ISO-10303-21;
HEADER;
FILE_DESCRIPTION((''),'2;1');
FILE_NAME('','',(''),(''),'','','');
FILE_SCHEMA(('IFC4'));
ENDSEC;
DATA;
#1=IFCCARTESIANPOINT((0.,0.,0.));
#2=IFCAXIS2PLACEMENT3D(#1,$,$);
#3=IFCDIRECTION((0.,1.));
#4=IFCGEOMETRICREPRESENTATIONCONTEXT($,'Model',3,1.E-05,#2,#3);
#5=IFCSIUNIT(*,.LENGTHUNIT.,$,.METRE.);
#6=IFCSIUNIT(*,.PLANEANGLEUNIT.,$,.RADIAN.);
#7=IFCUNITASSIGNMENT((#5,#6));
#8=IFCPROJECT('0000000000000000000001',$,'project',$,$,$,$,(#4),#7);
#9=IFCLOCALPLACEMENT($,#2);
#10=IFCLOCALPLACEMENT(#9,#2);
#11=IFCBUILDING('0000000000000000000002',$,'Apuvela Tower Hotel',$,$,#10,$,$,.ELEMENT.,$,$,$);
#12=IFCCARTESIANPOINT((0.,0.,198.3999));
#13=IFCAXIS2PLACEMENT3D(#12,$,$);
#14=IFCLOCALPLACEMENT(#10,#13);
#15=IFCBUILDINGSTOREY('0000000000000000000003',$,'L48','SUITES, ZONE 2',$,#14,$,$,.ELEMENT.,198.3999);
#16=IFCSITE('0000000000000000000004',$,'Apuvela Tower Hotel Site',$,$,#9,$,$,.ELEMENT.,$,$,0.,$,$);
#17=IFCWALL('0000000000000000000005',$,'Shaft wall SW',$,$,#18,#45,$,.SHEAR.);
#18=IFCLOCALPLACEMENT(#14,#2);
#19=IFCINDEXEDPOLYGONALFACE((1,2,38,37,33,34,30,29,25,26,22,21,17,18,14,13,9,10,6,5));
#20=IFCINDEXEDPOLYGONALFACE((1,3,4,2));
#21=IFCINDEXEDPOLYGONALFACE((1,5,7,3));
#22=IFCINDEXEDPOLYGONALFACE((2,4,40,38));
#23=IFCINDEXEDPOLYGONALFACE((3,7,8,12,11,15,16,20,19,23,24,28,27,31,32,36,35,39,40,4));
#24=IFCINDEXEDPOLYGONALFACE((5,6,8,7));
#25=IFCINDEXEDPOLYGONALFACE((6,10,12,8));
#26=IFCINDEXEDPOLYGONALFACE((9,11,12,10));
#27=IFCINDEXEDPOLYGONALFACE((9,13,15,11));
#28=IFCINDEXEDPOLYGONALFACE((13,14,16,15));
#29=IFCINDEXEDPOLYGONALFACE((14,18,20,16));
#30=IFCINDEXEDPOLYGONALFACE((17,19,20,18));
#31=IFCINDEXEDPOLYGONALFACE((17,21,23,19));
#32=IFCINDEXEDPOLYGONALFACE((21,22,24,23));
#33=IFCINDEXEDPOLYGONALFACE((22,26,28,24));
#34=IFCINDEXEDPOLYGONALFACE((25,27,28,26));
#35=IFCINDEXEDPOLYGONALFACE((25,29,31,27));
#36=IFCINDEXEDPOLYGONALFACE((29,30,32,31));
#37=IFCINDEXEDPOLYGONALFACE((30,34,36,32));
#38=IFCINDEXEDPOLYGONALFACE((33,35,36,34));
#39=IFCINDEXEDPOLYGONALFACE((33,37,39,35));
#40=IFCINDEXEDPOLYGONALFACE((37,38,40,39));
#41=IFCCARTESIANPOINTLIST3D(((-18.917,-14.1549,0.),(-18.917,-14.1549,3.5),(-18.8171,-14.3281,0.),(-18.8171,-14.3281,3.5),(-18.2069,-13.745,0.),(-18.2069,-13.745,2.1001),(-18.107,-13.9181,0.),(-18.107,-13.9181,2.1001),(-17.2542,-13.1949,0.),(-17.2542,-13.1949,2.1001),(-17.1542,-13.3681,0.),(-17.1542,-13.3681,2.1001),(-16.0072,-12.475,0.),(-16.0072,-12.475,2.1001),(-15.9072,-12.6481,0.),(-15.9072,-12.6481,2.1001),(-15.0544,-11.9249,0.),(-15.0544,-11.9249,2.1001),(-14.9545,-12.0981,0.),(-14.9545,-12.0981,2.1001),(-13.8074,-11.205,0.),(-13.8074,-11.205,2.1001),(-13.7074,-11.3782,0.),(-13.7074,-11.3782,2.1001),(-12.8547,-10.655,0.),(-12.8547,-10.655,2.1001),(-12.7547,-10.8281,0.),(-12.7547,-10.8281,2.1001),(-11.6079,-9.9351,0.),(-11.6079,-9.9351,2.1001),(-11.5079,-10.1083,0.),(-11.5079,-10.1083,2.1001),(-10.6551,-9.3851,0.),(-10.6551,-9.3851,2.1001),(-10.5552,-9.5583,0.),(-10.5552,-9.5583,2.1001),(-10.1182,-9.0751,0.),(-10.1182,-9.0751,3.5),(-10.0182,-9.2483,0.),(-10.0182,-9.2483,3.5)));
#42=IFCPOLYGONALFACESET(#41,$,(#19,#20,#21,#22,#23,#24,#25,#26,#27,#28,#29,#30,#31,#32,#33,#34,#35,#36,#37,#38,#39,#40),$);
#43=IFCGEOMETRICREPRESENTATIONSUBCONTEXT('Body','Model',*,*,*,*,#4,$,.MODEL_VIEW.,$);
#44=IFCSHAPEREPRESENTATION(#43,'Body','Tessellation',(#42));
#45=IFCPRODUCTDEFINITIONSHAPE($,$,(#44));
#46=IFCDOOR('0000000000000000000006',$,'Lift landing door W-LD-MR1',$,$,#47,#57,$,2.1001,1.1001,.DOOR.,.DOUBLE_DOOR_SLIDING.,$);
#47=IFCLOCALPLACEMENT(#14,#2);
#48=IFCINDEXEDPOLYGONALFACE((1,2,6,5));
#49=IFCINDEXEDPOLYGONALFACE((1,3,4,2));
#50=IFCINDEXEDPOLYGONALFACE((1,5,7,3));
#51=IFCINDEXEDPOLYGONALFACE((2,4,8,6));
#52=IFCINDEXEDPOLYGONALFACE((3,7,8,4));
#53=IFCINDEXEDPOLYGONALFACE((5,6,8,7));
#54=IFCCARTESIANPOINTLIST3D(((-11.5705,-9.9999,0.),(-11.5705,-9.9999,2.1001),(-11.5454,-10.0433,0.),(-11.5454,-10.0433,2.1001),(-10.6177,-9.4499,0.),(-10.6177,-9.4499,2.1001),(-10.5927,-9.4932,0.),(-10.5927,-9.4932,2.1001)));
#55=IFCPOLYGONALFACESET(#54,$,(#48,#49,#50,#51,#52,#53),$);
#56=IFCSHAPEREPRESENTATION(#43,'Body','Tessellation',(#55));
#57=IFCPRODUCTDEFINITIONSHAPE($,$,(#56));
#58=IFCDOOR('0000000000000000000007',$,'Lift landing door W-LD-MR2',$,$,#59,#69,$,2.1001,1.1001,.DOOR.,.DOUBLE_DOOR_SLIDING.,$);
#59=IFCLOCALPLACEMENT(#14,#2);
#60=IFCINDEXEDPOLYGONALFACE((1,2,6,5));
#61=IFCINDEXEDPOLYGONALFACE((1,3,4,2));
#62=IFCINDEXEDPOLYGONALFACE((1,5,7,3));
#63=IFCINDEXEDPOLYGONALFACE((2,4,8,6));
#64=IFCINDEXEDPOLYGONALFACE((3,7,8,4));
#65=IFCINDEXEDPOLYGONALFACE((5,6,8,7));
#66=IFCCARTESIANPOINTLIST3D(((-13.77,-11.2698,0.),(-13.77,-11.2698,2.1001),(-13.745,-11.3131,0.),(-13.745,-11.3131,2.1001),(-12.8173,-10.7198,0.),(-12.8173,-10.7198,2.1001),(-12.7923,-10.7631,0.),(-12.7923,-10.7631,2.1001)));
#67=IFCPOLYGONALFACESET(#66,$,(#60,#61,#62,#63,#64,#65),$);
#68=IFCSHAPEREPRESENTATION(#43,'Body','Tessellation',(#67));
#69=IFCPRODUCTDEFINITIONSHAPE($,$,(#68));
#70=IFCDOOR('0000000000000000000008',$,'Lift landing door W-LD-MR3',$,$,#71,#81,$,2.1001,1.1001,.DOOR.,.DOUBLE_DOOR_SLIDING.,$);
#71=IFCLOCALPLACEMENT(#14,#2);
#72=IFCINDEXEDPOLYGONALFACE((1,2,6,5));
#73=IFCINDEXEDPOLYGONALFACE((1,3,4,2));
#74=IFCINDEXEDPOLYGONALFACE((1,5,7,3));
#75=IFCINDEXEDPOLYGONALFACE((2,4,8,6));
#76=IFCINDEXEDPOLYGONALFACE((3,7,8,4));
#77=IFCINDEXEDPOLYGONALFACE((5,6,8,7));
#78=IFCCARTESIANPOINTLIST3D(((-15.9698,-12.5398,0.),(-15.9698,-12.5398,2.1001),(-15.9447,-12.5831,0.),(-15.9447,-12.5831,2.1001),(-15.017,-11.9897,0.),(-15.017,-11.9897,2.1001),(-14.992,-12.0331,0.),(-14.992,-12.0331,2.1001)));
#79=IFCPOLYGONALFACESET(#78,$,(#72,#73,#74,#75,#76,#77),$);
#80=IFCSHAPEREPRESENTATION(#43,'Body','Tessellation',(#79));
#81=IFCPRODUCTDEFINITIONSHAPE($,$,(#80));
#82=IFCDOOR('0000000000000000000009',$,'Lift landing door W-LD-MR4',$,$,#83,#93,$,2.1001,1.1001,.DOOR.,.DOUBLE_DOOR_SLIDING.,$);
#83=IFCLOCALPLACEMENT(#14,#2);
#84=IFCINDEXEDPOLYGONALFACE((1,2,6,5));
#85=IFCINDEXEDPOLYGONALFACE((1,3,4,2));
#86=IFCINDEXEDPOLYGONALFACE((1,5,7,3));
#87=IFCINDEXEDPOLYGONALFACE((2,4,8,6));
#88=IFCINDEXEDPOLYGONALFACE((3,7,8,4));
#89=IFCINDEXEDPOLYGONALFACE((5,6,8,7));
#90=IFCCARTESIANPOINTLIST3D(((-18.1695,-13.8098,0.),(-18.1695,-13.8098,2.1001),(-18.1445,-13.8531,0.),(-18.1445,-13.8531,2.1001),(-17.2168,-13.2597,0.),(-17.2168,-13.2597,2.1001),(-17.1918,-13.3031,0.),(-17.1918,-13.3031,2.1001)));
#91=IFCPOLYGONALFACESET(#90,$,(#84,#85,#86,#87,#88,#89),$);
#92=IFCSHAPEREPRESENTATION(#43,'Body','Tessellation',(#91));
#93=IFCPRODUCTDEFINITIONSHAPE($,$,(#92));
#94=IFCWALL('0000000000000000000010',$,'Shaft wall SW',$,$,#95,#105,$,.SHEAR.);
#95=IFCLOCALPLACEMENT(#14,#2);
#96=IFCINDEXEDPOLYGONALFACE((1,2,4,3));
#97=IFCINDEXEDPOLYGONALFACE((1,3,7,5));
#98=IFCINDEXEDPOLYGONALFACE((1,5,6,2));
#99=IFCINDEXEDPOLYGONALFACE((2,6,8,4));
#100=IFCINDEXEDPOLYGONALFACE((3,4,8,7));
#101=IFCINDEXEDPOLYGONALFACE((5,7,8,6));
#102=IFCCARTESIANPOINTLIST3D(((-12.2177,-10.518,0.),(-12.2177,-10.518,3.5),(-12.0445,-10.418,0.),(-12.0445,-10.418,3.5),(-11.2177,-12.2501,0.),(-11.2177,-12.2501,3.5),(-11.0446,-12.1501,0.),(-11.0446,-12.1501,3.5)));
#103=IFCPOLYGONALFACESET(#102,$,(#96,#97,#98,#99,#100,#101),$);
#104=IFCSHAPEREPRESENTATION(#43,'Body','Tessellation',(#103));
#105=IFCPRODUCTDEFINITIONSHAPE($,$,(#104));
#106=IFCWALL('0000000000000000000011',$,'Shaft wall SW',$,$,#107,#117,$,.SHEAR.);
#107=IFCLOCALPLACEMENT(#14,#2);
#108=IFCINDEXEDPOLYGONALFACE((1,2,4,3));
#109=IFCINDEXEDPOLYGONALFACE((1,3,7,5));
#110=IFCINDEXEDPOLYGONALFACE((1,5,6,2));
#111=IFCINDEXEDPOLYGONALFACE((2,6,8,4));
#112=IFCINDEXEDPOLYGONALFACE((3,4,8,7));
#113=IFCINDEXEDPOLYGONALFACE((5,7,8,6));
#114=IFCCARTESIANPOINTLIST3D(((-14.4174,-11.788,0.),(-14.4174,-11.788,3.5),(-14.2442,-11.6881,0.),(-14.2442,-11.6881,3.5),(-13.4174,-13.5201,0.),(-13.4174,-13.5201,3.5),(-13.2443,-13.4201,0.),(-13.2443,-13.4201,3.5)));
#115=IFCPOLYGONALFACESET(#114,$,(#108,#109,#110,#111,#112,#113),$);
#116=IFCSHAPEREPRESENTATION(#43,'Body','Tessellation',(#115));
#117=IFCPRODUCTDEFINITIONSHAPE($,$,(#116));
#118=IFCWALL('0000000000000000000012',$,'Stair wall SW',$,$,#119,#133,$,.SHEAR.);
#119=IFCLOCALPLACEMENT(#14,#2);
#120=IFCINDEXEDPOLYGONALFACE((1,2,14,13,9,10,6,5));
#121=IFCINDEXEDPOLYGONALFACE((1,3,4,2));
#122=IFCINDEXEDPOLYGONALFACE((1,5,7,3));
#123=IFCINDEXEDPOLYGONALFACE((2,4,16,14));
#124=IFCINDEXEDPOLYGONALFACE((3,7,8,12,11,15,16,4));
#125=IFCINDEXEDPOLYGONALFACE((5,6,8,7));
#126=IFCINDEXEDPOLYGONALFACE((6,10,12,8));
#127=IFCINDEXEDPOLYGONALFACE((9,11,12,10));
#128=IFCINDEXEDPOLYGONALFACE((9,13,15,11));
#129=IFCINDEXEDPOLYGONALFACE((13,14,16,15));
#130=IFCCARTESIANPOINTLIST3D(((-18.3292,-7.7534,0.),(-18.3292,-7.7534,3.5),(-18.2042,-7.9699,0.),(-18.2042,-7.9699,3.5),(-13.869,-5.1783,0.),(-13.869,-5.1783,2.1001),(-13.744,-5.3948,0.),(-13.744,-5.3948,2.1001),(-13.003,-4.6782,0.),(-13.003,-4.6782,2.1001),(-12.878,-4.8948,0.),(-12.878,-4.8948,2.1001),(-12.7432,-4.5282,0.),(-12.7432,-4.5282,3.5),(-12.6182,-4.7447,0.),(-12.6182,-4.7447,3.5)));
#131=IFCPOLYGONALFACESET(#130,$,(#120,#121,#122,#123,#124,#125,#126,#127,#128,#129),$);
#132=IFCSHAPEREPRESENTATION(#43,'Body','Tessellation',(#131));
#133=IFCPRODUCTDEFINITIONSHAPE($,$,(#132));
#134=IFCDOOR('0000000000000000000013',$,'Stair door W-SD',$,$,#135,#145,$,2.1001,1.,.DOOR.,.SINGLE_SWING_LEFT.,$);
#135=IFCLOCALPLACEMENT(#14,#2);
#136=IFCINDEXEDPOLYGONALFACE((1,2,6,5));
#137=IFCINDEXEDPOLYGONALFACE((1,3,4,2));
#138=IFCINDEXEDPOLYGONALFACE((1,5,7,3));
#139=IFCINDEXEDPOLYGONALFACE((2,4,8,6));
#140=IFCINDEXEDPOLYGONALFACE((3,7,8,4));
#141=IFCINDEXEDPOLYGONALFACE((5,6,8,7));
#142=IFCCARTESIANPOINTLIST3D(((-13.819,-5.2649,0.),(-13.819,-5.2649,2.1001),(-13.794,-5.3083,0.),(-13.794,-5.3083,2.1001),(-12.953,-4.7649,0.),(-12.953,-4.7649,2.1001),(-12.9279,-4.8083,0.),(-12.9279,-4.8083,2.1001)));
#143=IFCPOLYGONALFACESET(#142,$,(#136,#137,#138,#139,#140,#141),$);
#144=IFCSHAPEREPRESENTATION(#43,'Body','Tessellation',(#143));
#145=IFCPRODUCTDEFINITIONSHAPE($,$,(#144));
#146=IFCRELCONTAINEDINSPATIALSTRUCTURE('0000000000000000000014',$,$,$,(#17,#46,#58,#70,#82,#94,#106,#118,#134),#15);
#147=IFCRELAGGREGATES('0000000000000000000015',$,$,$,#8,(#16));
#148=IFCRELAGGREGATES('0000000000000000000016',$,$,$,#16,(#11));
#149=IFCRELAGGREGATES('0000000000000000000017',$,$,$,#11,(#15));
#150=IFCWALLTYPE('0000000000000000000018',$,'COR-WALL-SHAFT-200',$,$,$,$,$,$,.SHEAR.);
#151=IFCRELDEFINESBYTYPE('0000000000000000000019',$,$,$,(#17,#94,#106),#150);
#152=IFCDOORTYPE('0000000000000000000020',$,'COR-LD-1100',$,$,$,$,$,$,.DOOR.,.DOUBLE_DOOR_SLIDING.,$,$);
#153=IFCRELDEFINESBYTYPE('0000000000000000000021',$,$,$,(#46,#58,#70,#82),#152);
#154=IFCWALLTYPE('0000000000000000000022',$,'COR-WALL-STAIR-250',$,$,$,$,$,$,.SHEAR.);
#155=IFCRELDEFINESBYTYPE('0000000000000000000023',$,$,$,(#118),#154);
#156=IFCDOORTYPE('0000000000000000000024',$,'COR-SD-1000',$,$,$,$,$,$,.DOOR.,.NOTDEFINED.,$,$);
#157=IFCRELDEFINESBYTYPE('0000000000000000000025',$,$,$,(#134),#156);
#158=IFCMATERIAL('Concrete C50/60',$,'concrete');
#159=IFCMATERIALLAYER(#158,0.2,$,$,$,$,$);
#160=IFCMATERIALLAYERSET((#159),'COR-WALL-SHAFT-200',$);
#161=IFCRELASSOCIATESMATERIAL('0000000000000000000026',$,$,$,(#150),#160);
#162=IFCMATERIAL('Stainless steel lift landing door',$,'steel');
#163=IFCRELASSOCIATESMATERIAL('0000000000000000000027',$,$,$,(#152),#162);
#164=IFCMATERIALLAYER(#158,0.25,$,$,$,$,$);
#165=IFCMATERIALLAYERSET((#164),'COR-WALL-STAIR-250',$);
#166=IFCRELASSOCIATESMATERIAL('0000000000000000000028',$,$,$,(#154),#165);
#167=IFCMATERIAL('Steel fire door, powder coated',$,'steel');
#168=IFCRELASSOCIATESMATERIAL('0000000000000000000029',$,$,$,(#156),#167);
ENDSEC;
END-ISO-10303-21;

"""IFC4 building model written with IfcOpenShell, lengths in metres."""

from ifc_helpers import new_model, si_unit, direction, frame, frame_2d, origin, place, context, subcontext, project, spatial, rectangle, extrude, material, layer, layer_set, type_object, element, fill, save


model = new_model("IFC4")

# Units and contexts
model_context = context("Model", 3, precision=1e-05, world=origin(), true_north=direction((0.0, 1.0)))
body_context = subcontext(model_context, "Body", "Model", "MODEL_VIEW")
ifc_project = project(units=[si_unit("LENGTHUNIT", "METRE"), si_unit("PLANEANGLEUNIT", "RADIAN")], contexts=[model_context])

# Site, building, storey
site_placement = place(None, origin())
site = spatial("IfcSite", under=ifc_project, at=site_placement, Name="Apuvela Tower Hotel Site", CompositionType="ELEMENT", RefElevation=0.0)
building_placement = place(site_placement, origin())
building = spatial("IfcBuilding", under=site, at=building_placement, Name="Apuvela Tower Hotel", CompositionType="ELEMENT")
storey_placement = place(building_placement, frame((0.0, 0.0, 198.3999)))
storey = spatial("IfcBuildingStorey", under=building, at=storey_placement, Name="L48", Description="SUITES, ZONE 2", CompositionType="ELEMENT", Elevation=198.3999)

# Shared definitions
ifc_material_1 = material(Name="Concrete C50/60", Category="concrete")

# Shared definitions
ifc_layer_1 = layer(ifc_material_1, 0.2)
ifc_layer_set_1 = layer_set([ifc_layer_1], Name="COR-WALL-SHAFT-200")
wall_type_1 = type_object("IfcWallType", Name="COR-WALL-SHAFT-200", PredefinedType="SHEAR", material=ifc_layer_set_1)
ifc_material_2 = material(Name="Stainless steel lift landing door", Category="steel")

# Wall, openings, doors
wall_1_placement = place(storey_placement, frame((-10.0681, -9.1616, 0.0), z_axis=(0.0, 0.0, 1.0), x_axis=(-0.866033, -0.499987, 0.0)))
wall_1 = element("IfcWall", 1, at=wall_1_placement, inside=storey, type_object=wall_type_1, Name="Shaft wall SW", PredefinedType="SHEAR", context=body_context, shape_type="SweptSolid", body=[
    extrude(rectangle(XDim=10.1599, YDim=0.2, at=frame_2d((5.0801, 0.0))), origin(), (0.0, 0.0, 1.0), 3.5),
])
opening_1_placement = place(wall_1_placement, frame((0.6201, 0.0, 0.0)))
opening_1 = element("IfcOpeningElement", 2, at=opening_1_placement, cuts=wall_1, PredefinedType="OPENING", context=body_context, shape_type="SweptSolid", body=[
    extrude(rectangle(XDim=1.1001, YDim=2.1001, at=frame_2d((0.55, 1.05))), frame((0.0, 0.1099, 0.0), z_axis=(0.0, -1.0, 0.0), x_axis=(1.0, 0.0, 0.0)), (0.0, 0.0, 1.0), 0.22),
])
opening_2_placement = place(wall_1_placement, frame((3.1599, 0.0, 0.0)))
opening_2 = element("IfcOpeningElement", 3, at=opening_2_placement, cuts=wall_1, PredefinedType="OPENING", context=body_context, shape_type="SweptSolid", body=[
    extrude(rectangle(XDim=1.1001, YDim=2.1001, at=frame_2d((0.55, 1.05))), frame((0.0, 0.1099, 0.0), z_axis=(0.0, -1.0, 0.0), x_axis=(1.0, 0.0, 0.0)), (0.0, 0.0, 1.0), 0.22),
])
opening_3_placement = place(wall_1_placement, frame((5.7, 0.0, 0.0)))
opening_3 = element("IfcOpeningElement", 4, at=opening_3_placement, cuts=wall_1, PredefinedType="OPENING", context=body_context, shape_type="SweptSolid", body=[
    extrude(rectangle(XDim=1.1001, YDim=2.1001, at=frame_2d((0.55, 1.05))), frame((0.0, 0.1099, 0.0), z_axis=(0.0, -1.0, 0.0), x_axis=(1.0, 0.0, 0.0)), (0.0, 0.0, 1.0), 0.22),
])
opening_4_placement = place(wall_1_placement, frame((8.24, 0.0, 0.0)))
opening_4 = element("IfcOpeningElement", 5, at=opening_4_placement, cuts=wall_1, PredefinedType="OPENING", context=body_context, shape_type="SweptSolid", body=[
    extrude(rectangle(XDim=1.1001, YDim=2.1001, at=frame_2d((0.55, 1.05))), frame((0.0, 0.1099, 0.0), z_axis=(0.0, -1.0, 0.0), x_axis=(1.0, 0.0, 0.0)), (0.0, 0.0, 1.0), 0.22),
])
door_type_1 = type_object("IfcDoorType", Name="COR-LD-1100", OperationType="DOUBLE_DOOR_SLIDING", PredefinedType="DOOR", material=ifc_material_2)
door_1_placement = place(opening_1_placement, origin())
door_1 = element("IfcDoor", 6, at=door_1_placement, inside=storey, type_object=door_type_1, Name="Lift landing door W-LD-MR1", OperationType="DOUBLE_DOOR_SLIDING", OverallHeight=2.1001, OverallWidth=1.1001, PredefinedType="DOOR", context=body_context, shape_type="SweptSolid", body=[
    extrude(rectangle(XDim=1.1001, YDim=2.1001, at=frame_2d((0.55, 1.05))), frame((0.0, 0.0249, 0.0), z_axis=(0.0, -1.0, 0.0), x_axis=(1.0, 0.0, 0.0)), (0.0, 0.0, 1.0), 0.05),
])
fill(opening_1, door_1)
door_2_placement = place(opening_2_placement, origin())
door_2 = element("IfcDoor", 7, at=door_2_placement, inside=storey, type_object=door_type_1, Name="Lift landing door W-LD-MR2", OperationType="DOUBLE_DOOR_SLIDING", OverallHeight=2.1001, OverallWidth=1.1001, PredefinedType="DOOR", context=body_context, shape_type="SweptSolid", body=[
    extrude(rectangle(XDim=1.1001, YDim=2.1001, at=frame_2d((0.55, 1.05))), frame((0.0, 0.0249, 0.0), z_axis=(0.0, -1.0, 0.0), x_axis=(1.0, 0.0, 0.0)), (0.0, 0.0, 1.0), 0.05),
])
fill(opening_2, door_2)
door_3_placement = place(opening_3_placement, origin())
door_3 = element("IfcDoor", 8, at=door_3_placement, inside=storey, type_object=door_type_1, Name="Lift landing door W-LD-MR3", OperationType="DOUBLE_DOOR_SLIDING", OverallHeight=2.1001, OverallWidth=1.1001, PredefinedType="DOOR", context=body_context, shape_type="SweptSolid", body=[
    extrude(rectangle(XDim=1.1001, YDim=2.1001, at=frame_2d((0.55, 1.05))), frame((0.0, 0.0249, 0.0), z_axis=(0.0, -1.0, 0.0), x_axis=(1.0, 0.0, 0.0)), (0.0, 0.0, 1.0), 0.05),
])
fill(opening_3, door_3)
door_4_placement = place(opening_4_placement, origin())
door_4 = element("IfcDoor", 9, at=door_4_placement, inside=storey, type_object=door_type_1, Name="Lift landing door W-LD-MR4", OperationType="DOUBLE_DOOR_SLIDING", OverallHeight=2.1001, OverallWidth=1.1001, PredefinedType="DOOR", context=body_context, shape_type="SweptSolid", body=[
    extrude(rectangle(XDim=1.1001, YDim=2.1001, at=frame_2d((0.55, 1.05))), frame((0.0, 0.0249, 0.0), z_axis=(0.0, -1.0, 0.0), x_axis=(1.0, 0.0, 0.0)), (0.0, 0.0, 1.0), 0.05),
])
fill(opening_4, door_4)

# Walls
for number, where, z_axis, x_axis, name in (
    (10, (-12.1311, -10.468, 0.0), (0.0, 0.0, 1.0), (0.499973, -0.866041, 0.0), "Shaft wall SW"),
    (11, (-14.3308, -11.738, 0.0), (0.0, 0.0, 1.0), (0.499973, -0.866041, 0.0), "Shaft wall SW"),
):
    element("IfcWall", number, at=place(storey_placement, frame(where, z_axis=z_axis, x_axis=x_axis)), inside=storey, type_object=wall_type_1, Name=name, PredefinedType="SHEAR", context=body_context, shape_type="SweptSolid", body=[
        extrude(rectangle(XDim=2.0, YDim=0.2, at=frame_2d((1.0, 0.0))), origin(), (0.0, 0.0, 1.0), 3.5),
    ])

# Wall, opening, door
ifc_layer_2 = layer(ifc_material_1, 0.25)
ifc_layer_set_2 = layer_set([ifc_layer_2], Name="COR-WALL-STAIR-250")
wall_type_2 = type_object("IfcWallType", Name="COR-WALL-STAIR-250", PredefinedType="SHEAR", material=ifc_layer_set_2)
wall_2_placement = place(storey_placement, frame((-12.6807, -4.6365, 0.0), z_axis=(0.0, 0.0, 1.0), x_axis=(-0.866022, -0.500006, 0.0)))
wall_2 = element("IfcWall", 12, at=wall_2_placement, inside=storey, type_object=wall_type_2, Name="Stair wall SW", PredefinedType="SHEAR", context=body_context, shape_type="SweptSolid", body=[
    extrude(rectangle(XDim=6.4502, YDim=0.25, at=frame_2d((3.2251, 0.0))), origin(), (0.0, 0.0, 1.0), 3.5),
])
opening_5_placement = place(wall_2_placement, frame((0.3, 0.0, 0.0)))
opening_5 = element("IfcOpeningElement", 13, at=opening_5_placement, cuts=wall_2, PredefinedType="OPENING", context=body_context, shape_type="SweptSolid", body=[
    extrude(rectangle(XDim=1.0, YDim=2.1001, at=frame_2d((0.5, 1.05))), frame((0.0, 0.135, 0.0), z_axis=(0.0, -1.0, 0.0), x_axis=(1.0, 0.0, 0.0)), (0.0, 0.0, 1.0), 0.27),
])
ifc_material_3 = material(Name="Steel fire door, powder coated", Category="steel")
door_type_2 = type_object("IfcDoorType", Name="COR-SD-1000", OperationType="NOTDEFINED", PredefinedType="DOOR", material=ifc_material_3)
door_5_placement = place(opening_5_placement, frame((1.0, 0.0, 0.0), z_axis=(0.0, 0.0, 1.0), x_axis=(-1.0, 0.0, 0.0)))
door_5 = element("IfcDoor", 14, at=door_5_placement, inside=storey, type_object=door_type_2, Name="Stair door W-SD", OperationType="SINGLE_SWING_LEFT", OverallHeight=2.1001, OverallWidth=1.0, PredefinedType="DOOR", context=body_context, shape_type="SweptSolid", body=[
    extrude(rectangle(XDim=1.0, YDim=2.1001, at=frame_2d((0.5, 1.05))), frame((0.0, 0.0249, 0.0), z_axis=(0.0, -1.0, 0.0), x_axis=(1.0, 0.0, 0.0)), (0.0, 0.0, 1.0), 0.05),
])
fill(opening_5, door_5)

save(model, "model.ifc")
